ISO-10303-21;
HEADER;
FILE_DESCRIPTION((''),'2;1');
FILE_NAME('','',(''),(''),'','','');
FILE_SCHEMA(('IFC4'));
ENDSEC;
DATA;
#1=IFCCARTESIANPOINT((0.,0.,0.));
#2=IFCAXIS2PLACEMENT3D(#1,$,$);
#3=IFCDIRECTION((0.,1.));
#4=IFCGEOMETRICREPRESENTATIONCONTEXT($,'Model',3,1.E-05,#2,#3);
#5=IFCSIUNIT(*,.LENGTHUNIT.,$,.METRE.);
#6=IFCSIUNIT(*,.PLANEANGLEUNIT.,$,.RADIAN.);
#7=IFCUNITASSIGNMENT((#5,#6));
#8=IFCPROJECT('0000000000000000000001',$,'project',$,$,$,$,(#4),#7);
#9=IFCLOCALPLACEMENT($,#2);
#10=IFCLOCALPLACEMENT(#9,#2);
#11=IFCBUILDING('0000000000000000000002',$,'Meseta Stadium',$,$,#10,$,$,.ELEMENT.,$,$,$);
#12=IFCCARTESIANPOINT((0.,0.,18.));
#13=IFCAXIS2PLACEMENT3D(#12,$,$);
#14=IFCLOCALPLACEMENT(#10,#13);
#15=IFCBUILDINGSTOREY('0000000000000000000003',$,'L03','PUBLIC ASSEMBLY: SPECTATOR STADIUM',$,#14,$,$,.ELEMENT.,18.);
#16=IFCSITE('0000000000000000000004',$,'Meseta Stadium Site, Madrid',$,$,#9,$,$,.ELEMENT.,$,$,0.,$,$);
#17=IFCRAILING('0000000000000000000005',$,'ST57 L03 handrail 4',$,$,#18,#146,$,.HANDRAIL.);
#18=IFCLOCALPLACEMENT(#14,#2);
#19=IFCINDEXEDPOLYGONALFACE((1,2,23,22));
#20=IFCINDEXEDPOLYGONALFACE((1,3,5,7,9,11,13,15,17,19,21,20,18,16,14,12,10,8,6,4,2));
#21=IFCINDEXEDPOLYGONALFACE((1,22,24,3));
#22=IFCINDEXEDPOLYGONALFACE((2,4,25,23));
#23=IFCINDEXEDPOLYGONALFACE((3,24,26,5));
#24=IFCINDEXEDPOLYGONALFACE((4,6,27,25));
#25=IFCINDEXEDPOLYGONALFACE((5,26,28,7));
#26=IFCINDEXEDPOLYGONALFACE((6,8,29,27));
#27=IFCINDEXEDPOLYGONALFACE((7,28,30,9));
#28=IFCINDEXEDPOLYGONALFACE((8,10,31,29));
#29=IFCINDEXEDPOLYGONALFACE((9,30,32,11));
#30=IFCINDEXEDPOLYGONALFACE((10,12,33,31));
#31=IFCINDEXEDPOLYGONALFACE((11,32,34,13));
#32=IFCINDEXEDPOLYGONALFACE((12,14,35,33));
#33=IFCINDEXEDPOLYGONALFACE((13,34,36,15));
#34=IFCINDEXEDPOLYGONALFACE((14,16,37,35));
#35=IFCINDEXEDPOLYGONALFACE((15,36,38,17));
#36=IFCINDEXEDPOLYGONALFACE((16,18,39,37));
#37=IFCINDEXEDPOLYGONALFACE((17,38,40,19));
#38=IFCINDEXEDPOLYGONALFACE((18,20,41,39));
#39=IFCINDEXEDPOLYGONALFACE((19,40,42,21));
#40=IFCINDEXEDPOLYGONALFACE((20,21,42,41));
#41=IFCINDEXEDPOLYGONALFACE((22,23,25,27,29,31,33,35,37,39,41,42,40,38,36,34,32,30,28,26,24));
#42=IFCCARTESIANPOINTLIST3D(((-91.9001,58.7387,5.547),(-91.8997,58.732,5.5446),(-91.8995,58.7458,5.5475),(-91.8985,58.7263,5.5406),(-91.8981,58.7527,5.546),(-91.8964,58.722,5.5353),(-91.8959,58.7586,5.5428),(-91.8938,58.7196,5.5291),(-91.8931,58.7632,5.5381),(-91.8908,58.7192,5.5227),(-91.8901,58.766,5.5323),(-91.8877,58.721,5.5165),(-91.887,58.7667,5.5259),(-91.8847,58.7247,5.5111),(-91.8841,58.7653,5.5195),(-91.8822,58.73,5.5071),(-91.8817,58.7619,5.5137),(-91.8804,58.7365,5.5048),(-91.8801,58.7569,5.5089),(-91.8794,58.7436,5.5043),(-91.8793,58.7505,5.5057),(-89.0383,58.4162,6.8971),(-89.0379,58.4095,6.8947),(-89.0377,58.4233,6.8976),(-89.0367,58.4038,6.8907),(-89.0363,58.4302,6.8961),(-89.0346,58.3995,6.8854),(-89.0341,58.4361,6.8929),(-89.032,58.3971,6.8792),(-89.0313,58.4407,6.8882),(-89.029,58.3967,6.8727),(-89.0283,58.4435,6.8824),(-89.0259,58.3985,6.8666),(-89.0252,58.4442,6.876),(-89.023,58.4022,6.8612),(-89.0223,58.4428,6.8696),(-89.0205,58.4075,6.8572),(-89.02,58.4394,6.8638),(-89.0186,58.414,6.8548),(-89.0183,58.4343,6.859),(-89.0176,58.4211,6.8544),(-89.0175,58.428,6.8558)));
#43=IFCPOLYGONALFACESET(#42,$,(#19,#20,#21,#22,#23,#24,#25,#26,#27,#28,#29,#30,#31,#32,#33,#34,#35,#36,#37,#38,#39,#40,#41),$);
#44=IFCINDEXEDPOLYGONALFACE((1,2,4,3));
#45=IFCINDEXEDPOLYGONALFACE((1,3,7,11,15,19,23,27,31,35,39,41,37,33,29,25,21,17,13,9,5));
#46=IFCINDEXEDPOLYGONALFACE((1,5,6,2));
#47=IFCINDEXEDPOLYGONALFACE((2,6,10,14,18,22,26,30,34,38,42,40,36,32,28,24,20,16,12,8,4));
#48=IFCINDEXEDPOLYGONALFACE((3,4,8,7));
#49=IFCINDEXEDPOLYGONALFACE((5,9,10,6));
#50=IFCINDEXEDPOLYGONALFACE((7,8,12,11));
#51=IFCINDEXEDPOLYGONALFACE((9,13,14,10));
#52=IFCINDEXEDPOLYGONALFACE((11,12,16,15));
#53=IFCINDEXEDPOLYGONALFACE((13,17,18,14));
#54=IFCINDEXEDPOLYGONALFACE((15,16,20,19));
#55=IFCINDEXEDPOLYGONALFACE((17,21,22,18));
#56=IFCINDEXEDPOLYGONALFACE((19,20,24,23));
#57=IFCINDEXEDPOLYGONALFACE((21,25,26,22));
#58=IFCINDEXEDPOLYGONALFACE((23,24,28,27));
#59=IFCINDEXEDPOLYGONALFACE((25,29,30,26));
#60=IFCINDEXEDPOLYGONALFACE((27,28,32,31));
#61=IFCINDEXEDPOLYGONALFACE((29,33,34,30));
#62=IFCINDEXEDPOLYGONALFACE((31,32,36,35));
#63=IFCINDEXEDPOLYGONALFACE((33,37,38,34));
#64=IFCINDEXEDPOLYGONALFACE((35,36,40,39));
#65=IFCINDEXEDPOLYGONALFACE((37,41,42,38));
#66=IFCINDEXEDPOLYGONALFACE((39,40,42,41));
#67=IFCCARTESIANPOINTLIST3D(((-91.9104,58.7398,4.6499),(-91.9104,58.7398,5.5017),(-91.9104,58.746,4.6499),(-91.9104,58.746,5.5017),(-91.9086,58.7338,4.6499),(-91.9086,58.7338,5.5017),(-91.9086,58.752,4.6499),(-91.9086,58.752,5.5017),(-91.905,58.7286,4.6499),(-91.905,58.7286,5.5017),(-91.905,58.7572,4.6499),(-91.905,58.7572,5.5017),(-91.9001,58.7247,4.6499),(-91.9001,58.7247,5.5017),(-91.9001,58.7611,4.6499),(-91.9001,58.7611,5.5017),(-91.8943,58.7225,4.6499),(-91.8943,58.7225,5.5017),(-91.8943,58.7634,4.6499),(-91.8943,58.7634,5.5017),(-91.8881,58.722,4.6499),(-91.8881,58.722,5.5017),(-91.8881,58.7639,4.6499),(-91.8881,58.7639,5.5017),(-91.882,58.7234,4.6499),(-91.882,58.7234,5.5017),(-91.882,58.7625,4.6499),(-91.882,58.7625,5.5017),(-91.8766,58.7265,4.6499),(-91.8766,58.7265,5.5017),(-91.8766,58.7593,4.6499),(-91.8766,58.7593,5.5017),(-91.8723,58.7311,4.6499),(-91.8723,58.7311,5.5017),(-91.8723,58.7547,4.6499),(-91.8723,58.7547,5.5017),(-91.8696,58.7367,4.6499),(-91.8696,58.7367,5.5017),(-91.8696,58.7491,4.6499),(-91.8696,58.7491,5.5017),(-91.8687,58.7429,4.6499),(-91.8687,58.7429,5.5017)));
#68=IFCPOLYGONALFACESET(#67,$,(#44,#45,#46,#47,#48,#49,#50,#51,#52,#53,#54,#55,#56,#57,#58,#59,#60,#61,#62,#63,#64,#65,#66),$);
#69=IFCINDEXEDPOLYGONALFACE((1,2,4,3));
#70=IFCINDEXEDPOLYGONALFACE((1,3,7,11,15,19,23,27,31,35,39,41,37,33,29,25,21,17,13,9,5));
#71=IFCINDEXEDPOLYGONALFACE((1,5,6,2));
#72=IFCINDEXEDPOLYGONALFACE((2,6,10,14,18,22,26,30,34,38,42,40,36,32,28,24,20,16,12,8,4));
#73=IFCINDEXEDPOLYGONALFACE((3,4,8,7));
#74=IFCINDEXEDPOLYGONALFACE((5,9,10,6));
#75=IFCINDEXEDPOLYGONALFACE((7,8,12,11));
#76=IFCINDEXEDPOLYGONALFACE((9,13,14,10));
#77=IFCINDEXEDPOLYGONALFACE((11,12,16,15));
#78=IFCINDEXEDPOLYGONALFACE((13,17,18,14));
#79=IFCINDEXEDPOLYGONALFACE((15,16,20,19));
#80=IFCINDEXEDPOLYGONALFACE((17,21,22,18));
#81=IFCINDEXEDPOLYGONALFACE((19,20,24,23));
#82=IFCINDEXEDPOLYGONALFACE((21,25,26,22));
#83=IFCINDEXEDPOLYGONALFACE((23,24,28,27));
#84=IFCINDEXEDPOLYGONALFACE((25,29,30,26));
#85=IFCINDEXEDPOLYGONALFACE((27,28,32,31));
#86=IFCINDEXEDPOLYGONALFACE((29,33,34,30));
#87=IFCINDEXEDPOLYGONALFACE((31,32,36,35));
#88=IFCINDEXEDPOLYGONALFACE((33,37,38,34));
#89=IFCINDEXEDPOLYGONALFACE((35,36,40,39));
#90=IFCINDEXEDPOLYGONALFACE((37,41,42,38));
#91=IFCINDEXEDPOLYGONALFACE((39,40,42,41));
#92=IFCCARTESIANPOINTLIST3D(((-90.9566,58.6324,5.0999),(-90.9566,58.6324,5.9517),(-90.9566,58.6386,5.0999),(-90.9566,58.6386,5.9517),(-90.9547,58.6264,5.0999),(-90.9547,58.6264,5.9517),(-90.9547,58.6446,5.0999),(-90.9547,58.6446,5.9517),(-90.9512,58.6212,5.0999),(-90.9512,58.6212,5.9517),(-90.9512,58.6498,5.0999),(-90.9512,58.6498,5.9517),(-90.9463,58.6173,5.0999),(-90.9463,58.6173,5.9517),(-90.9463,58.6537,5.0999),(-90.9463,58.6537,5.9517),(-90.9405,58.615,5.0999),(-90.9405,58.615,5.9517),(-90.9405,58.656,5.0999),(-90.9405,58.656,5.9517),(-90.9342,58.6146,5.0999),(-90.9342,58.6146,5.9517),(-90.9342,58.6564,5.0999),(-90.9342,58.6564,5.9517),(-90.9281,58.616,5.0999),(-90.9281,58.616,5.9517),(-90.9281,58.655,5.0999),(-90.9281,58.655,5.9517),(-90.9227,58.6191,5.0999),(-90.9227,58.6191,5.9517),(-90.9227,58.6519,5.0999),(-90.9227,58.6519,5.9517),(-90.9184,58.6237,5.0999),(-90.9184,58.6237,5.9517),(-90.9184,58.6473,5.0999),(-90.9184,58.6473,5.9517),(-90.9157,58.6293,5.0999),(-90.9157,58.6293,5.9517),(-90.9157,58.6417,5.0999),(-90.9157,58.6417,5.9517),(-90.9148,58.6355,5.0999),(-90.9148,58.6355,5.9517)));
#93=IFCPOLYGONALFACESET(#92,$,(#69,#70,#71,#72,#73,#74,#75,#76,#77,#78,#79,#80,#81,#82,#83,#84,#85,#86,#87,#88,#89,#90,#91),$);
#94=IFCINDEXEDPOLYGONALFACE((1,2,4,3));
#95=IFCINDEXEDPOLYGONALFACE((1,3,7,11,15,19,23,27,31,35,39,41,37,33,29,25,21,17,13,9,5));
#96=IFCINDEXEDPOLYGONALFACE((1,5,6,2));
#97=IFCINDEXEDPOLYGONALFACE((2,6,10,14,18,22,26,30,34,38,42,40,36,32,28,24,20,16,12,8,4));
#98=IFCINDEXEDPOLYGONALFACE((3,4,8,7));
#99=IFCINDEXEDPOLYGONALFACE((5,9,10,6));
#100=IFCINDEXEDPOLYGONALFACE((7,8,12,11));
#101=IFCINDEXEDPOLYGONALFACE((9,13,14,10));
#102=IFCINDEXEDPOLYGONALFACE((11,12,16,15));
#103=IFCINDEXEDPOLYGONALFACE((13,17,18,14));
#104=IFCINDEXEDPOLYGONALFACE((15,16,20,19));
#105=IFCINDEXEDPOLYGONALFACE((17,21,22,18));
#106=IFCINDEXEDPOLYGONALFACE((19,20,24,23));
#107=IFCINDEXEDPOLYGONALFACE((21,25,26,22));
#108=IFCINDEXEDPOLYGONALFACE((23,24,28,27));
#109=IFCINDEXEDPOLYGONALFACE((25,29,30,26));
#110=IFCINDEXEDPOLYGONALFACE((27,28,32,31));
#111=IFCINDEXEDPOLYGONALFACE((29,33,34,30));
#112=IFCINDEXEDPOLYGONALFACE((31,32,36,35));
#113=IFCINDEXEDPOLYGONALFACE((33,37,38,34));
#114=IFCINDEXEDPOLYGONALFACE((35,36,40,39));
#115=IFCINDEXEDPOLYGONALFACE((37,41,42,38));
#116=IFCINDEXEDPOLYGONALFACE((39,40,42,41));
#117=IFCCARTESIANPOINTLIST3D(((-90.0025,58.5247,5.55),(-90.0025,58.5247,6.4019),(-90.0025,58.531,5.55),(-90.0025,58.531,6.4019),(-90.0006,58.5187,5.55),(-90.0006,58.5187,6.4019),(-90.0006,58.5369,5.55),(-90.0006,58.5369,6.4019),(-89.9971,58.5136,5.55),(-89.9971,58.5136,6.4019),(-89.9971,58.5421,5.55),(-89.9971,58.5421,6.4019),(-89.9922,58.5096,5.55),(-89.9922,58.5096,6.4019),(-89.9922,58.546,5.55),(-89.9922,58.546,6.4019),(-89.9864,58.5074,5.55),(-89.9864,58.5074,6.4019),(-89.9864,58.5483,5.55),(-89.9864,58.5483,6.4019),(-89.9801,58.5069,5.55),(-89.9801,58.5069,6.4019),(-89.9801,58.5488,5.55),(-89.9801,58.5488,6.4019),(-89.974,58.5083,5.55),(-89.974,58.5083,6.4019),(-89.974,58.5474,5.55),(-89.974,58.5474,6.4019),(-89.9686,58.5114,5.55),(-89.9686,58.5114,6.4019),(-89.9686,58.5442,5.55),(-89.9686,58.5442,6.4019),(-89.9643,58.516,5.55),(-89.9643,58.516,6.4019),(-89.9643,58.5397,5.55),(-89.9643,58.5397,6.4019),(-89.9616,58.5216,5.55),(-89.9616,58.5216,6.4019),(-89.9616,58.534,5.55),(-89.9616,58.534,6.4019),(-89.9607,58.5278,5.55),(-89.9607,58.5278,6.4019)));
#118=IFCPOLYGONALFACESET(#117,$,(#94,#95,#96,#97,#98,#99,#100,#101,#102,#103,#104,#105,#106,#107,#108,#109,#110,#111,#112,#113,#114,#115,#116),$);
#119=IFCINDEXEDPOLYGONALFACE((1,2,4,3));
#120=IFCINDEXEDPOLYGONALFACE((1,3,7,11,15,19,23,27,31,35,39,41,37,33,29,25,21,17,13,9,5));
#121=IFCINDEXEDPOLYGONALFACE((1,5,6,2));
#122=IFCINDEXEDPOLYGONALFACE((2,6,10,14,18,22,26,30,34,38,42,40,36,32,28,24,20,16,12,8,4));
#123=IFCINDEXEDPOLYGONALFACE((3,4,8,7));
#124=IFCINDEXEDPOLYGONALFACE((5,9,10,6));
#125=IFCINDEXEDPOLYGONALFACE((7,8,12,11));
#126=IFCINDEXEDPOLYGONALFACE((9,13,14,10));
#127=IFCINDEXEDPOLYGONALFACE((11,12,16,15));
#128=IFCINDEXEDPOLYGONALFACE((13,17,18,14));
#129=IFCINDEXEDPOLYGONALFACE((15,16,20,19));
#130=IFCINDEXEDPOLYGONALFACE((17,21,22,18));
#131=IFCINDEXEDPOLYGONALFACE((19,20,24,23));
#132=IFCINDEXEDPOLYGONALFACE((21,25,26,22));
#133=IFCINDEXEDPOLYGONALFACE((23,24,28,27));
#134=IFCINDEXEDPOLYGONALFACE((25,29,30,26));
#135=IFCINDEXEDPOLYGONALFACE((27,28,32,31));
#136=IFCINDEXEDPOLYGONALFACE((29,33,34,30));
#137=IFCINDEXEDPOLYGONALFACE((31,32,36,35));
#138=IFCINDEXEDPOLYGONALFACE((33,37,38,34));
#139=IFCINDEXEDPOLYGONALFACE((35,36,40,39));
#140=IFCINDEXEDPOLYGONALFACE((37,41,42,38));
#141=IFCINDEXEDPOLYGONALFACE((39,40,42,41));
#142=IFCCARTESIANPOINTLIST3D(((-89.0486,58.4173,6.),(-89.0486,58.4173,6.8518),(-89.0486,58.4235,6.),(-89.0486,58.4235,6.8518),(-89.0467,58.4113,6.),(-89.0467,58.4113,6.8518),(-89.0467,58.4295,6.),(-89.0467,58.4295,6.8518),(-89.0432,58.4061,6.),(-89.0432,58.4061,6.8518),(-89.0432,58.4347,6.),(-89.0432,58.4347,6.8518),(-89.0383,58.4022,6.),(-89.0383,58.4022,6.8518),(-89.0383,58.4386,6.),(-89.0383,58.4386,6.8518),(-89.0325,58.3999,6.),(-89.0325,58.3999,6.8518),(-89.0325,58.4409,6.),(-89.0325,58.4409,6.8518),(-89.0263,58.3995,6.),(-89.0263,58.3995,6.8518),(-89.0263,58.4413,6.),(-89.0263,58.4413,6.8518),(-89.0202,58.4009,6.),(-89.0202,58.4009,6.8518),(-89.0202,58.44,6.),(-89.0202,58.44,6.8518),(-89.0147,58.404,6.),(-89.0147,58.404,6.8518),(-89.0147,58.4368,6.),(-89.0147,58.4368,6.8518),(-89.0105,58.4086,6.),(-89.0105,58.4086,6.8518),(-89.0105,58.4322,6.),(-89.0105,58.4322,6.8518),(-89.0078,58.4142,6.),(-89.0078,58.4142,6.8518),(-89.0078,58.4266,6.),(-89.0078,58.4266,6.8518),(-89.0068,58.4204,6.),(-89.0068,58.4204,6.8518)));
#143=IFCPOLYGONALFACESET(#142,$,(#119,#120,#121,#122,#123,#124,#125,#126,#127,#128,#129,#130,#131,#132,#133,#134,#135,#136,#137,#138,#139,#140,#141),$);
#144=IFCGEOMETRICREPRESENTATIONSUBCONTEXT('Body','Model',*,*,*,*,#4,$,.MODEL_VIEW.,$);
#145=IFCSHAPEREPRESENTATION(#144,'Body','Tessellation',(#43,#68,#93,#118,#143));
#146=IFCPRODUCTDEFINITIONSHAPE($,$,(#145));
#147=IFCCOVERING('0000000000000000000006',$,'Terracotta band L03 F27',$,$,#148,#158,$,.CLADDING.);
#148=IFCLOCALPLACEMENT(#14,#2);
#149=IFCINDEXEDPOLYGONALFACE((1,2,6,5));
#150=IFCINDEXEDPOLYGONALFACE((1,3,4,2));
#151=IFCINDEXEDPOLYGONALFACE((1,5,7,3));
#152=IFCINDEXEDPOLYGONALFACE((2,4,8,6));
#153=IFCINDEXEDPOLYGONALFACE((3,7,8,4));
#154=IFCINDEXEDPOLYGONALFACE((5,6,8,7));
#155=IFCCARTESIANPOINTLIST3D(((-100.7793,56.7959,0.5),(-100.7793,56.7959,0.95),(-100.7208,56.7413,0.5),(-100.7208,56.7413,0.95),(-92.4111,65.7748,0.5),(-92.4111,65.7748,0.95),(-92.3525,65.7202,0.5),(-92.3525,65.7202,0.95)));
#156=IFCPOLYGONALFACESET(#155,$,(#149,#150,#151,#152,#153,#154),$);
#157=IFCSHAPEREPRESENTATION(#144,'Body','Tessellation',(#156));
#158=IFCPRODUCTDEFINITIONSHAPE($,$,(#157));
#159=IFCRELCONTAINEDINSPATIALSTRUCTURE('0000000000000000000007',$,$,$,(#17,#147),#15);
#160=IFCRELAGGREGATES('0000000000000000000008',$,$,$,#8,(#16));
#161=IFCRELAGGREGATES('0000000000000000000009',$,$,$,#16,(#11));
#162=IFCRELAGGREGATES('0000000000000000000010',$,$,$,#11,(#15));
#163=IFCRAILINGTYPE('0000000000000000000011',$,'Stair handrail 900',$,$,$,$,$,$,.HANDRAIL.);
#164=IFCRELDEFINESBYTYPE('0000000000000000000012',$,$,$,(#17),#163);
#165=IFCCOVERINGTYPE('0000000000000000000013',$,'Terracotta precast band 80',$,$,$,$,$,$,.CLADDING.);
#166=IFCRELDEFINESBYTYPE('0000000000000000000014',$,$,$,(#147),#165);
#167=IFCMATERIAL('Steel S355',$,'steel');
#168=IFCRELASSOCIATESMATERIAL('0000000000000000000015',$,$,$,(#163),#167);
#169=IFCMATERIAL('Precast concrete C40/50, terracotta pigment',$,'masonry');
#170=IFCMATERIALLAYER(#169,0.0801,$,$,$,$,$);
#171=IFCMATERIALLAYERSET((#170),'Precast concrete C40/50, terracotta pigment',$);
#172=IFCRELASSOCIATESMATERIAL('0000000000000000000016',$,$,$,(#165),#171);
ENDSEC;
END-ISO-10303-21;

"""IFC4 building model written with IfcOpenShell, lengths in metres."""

from ifc_helpers import new_model, si_unit, direction, frame, origin, origin_2d, place, context, subcontext, project, spatial, rectangle, circle, extrude, material, layer, layer_set, type_object, element, save


model = new_model("IFC4")

# Units and contexts
model_context = context("Model", 3, precision=1e-05, world=origin(), true_north=direction((0.0, 1.0)))
body_context = subcontext(model_context, "Body", "Model", "MODEL_VIEW")
ifc_project = project(units=[si_unit("LENGTHUNIT", "METRE"), si_unit("PLANEANGLEUNIT", "RADIAN")], contexts=[model_context])

# Site, building, storey
site_placement = place(None, origin())
site = spatial("IfcSite", under=ifc_project, at=site_placement, Name="Meseta Stadium Site, Madrid", CompositionType="ELEMENT", RefElevation=0.0)
building_placement = place(site_placement, origin())
building = spatial("IfcBuilding", under=site, at=building_placement, Name="Meseta Stadium", CompositionType="ELEMENT")
storey_placement = place(building_placement, frame((0.0, 0.0, 18.0)))
storey = spatial("IfcBuildingStorey", under=building, at=storey_placement, Name="L03", Description="PUBLIC ASSEMBLY: SPECTATOR STADIUM", CompositionType="ELEMENT", Elevation=18.0)

# Railing
ifc_material_1 = material(Name="Steel S355", Category="steel")
railing_type = type_object("IfcRailingType", Name="Stair handrail 900", PredefinedType="HANDRAIL", material=ifc_material_1)
for number, where, name in (
    (1, (-91.8896, 58.7429, 4.6499), "ST57 L03 handrail 4"),
):
    element("IfcRailing", number, at=place(storey_placement, frame(where)), inside=storey, type_object=railing_type, Name=name, PredefinedType="HANDRAIL", context=body_context, shape_type="SweptSolid", body=[
        extrude(circle(Radius=0.0239, at=origin_2d()), frame((0.0, 0.0, 0.876), z_axis=(0.899748, -0.101396, 0.424467), x_axis=(0.111985, 0.99371, 0.0)), (0.0, 0.0, 1.0), 3.1807),
        extrude(circle(Radius=0.021, at=origin_2d()), origin(), (0.0, 0.0, 1.0), 0.8518),
        extrude(circle(Radius=0.021, at=origin_2d()), frame((0.9539, -0.1074, 0.45)), (0.0, 0.0, 1.0), 0.8518),
        extrude(circle(Radius=0.021, at=origin_2d()), frame((1.908, -0.2151, 0.9001)), (0.0, 0.0, 1.0), 0.8518),
        extrude(circle(Radius=0.021, at=origin_2d()), frame((2.8618, -0.3225, 1.3501)), (0.0, 0.0, 1.0), 0.8518),
    ])

# Covering
ifc_material_2 = material(Name="Precast concrete C40/50, terracotta pigment", Category="masonry")
ifc_layer_1 = layer(ifc_material_2, 0.0801)
ifc_layer_set_1 = layer_set([ifc_layer_1], Name="Precast concrete C40/50, terracotta pigment")
covering_type_1 = type_object("IfcCoveringType", Name="Terracotta precast band 80", PredefinedType="CLADDING", material=ifc_layer_set_1)
covering_1_placement = place(storey_placement, frame((-96.5659, 61.2581, 0.5), z_axis=(0.0, 0.0, 1.0), x_axis=(0.681793, 0.731545, 0.0)))
element("IfcCovering", 2, at=covering_1_placement, inside=storey, type_object=covering_type_1, Name="Terracotta band L03 F27", PredefinedType="CLADDING", context=body_context, shape_type="SweptSolid", body=[
    extrude(rectangle(XDim=12.2739, YDim=0.0801, at=origin_2d()), origin(), (0.0, 0.0, 1.0), 0.45),
])

save(model, "model.ifc")
